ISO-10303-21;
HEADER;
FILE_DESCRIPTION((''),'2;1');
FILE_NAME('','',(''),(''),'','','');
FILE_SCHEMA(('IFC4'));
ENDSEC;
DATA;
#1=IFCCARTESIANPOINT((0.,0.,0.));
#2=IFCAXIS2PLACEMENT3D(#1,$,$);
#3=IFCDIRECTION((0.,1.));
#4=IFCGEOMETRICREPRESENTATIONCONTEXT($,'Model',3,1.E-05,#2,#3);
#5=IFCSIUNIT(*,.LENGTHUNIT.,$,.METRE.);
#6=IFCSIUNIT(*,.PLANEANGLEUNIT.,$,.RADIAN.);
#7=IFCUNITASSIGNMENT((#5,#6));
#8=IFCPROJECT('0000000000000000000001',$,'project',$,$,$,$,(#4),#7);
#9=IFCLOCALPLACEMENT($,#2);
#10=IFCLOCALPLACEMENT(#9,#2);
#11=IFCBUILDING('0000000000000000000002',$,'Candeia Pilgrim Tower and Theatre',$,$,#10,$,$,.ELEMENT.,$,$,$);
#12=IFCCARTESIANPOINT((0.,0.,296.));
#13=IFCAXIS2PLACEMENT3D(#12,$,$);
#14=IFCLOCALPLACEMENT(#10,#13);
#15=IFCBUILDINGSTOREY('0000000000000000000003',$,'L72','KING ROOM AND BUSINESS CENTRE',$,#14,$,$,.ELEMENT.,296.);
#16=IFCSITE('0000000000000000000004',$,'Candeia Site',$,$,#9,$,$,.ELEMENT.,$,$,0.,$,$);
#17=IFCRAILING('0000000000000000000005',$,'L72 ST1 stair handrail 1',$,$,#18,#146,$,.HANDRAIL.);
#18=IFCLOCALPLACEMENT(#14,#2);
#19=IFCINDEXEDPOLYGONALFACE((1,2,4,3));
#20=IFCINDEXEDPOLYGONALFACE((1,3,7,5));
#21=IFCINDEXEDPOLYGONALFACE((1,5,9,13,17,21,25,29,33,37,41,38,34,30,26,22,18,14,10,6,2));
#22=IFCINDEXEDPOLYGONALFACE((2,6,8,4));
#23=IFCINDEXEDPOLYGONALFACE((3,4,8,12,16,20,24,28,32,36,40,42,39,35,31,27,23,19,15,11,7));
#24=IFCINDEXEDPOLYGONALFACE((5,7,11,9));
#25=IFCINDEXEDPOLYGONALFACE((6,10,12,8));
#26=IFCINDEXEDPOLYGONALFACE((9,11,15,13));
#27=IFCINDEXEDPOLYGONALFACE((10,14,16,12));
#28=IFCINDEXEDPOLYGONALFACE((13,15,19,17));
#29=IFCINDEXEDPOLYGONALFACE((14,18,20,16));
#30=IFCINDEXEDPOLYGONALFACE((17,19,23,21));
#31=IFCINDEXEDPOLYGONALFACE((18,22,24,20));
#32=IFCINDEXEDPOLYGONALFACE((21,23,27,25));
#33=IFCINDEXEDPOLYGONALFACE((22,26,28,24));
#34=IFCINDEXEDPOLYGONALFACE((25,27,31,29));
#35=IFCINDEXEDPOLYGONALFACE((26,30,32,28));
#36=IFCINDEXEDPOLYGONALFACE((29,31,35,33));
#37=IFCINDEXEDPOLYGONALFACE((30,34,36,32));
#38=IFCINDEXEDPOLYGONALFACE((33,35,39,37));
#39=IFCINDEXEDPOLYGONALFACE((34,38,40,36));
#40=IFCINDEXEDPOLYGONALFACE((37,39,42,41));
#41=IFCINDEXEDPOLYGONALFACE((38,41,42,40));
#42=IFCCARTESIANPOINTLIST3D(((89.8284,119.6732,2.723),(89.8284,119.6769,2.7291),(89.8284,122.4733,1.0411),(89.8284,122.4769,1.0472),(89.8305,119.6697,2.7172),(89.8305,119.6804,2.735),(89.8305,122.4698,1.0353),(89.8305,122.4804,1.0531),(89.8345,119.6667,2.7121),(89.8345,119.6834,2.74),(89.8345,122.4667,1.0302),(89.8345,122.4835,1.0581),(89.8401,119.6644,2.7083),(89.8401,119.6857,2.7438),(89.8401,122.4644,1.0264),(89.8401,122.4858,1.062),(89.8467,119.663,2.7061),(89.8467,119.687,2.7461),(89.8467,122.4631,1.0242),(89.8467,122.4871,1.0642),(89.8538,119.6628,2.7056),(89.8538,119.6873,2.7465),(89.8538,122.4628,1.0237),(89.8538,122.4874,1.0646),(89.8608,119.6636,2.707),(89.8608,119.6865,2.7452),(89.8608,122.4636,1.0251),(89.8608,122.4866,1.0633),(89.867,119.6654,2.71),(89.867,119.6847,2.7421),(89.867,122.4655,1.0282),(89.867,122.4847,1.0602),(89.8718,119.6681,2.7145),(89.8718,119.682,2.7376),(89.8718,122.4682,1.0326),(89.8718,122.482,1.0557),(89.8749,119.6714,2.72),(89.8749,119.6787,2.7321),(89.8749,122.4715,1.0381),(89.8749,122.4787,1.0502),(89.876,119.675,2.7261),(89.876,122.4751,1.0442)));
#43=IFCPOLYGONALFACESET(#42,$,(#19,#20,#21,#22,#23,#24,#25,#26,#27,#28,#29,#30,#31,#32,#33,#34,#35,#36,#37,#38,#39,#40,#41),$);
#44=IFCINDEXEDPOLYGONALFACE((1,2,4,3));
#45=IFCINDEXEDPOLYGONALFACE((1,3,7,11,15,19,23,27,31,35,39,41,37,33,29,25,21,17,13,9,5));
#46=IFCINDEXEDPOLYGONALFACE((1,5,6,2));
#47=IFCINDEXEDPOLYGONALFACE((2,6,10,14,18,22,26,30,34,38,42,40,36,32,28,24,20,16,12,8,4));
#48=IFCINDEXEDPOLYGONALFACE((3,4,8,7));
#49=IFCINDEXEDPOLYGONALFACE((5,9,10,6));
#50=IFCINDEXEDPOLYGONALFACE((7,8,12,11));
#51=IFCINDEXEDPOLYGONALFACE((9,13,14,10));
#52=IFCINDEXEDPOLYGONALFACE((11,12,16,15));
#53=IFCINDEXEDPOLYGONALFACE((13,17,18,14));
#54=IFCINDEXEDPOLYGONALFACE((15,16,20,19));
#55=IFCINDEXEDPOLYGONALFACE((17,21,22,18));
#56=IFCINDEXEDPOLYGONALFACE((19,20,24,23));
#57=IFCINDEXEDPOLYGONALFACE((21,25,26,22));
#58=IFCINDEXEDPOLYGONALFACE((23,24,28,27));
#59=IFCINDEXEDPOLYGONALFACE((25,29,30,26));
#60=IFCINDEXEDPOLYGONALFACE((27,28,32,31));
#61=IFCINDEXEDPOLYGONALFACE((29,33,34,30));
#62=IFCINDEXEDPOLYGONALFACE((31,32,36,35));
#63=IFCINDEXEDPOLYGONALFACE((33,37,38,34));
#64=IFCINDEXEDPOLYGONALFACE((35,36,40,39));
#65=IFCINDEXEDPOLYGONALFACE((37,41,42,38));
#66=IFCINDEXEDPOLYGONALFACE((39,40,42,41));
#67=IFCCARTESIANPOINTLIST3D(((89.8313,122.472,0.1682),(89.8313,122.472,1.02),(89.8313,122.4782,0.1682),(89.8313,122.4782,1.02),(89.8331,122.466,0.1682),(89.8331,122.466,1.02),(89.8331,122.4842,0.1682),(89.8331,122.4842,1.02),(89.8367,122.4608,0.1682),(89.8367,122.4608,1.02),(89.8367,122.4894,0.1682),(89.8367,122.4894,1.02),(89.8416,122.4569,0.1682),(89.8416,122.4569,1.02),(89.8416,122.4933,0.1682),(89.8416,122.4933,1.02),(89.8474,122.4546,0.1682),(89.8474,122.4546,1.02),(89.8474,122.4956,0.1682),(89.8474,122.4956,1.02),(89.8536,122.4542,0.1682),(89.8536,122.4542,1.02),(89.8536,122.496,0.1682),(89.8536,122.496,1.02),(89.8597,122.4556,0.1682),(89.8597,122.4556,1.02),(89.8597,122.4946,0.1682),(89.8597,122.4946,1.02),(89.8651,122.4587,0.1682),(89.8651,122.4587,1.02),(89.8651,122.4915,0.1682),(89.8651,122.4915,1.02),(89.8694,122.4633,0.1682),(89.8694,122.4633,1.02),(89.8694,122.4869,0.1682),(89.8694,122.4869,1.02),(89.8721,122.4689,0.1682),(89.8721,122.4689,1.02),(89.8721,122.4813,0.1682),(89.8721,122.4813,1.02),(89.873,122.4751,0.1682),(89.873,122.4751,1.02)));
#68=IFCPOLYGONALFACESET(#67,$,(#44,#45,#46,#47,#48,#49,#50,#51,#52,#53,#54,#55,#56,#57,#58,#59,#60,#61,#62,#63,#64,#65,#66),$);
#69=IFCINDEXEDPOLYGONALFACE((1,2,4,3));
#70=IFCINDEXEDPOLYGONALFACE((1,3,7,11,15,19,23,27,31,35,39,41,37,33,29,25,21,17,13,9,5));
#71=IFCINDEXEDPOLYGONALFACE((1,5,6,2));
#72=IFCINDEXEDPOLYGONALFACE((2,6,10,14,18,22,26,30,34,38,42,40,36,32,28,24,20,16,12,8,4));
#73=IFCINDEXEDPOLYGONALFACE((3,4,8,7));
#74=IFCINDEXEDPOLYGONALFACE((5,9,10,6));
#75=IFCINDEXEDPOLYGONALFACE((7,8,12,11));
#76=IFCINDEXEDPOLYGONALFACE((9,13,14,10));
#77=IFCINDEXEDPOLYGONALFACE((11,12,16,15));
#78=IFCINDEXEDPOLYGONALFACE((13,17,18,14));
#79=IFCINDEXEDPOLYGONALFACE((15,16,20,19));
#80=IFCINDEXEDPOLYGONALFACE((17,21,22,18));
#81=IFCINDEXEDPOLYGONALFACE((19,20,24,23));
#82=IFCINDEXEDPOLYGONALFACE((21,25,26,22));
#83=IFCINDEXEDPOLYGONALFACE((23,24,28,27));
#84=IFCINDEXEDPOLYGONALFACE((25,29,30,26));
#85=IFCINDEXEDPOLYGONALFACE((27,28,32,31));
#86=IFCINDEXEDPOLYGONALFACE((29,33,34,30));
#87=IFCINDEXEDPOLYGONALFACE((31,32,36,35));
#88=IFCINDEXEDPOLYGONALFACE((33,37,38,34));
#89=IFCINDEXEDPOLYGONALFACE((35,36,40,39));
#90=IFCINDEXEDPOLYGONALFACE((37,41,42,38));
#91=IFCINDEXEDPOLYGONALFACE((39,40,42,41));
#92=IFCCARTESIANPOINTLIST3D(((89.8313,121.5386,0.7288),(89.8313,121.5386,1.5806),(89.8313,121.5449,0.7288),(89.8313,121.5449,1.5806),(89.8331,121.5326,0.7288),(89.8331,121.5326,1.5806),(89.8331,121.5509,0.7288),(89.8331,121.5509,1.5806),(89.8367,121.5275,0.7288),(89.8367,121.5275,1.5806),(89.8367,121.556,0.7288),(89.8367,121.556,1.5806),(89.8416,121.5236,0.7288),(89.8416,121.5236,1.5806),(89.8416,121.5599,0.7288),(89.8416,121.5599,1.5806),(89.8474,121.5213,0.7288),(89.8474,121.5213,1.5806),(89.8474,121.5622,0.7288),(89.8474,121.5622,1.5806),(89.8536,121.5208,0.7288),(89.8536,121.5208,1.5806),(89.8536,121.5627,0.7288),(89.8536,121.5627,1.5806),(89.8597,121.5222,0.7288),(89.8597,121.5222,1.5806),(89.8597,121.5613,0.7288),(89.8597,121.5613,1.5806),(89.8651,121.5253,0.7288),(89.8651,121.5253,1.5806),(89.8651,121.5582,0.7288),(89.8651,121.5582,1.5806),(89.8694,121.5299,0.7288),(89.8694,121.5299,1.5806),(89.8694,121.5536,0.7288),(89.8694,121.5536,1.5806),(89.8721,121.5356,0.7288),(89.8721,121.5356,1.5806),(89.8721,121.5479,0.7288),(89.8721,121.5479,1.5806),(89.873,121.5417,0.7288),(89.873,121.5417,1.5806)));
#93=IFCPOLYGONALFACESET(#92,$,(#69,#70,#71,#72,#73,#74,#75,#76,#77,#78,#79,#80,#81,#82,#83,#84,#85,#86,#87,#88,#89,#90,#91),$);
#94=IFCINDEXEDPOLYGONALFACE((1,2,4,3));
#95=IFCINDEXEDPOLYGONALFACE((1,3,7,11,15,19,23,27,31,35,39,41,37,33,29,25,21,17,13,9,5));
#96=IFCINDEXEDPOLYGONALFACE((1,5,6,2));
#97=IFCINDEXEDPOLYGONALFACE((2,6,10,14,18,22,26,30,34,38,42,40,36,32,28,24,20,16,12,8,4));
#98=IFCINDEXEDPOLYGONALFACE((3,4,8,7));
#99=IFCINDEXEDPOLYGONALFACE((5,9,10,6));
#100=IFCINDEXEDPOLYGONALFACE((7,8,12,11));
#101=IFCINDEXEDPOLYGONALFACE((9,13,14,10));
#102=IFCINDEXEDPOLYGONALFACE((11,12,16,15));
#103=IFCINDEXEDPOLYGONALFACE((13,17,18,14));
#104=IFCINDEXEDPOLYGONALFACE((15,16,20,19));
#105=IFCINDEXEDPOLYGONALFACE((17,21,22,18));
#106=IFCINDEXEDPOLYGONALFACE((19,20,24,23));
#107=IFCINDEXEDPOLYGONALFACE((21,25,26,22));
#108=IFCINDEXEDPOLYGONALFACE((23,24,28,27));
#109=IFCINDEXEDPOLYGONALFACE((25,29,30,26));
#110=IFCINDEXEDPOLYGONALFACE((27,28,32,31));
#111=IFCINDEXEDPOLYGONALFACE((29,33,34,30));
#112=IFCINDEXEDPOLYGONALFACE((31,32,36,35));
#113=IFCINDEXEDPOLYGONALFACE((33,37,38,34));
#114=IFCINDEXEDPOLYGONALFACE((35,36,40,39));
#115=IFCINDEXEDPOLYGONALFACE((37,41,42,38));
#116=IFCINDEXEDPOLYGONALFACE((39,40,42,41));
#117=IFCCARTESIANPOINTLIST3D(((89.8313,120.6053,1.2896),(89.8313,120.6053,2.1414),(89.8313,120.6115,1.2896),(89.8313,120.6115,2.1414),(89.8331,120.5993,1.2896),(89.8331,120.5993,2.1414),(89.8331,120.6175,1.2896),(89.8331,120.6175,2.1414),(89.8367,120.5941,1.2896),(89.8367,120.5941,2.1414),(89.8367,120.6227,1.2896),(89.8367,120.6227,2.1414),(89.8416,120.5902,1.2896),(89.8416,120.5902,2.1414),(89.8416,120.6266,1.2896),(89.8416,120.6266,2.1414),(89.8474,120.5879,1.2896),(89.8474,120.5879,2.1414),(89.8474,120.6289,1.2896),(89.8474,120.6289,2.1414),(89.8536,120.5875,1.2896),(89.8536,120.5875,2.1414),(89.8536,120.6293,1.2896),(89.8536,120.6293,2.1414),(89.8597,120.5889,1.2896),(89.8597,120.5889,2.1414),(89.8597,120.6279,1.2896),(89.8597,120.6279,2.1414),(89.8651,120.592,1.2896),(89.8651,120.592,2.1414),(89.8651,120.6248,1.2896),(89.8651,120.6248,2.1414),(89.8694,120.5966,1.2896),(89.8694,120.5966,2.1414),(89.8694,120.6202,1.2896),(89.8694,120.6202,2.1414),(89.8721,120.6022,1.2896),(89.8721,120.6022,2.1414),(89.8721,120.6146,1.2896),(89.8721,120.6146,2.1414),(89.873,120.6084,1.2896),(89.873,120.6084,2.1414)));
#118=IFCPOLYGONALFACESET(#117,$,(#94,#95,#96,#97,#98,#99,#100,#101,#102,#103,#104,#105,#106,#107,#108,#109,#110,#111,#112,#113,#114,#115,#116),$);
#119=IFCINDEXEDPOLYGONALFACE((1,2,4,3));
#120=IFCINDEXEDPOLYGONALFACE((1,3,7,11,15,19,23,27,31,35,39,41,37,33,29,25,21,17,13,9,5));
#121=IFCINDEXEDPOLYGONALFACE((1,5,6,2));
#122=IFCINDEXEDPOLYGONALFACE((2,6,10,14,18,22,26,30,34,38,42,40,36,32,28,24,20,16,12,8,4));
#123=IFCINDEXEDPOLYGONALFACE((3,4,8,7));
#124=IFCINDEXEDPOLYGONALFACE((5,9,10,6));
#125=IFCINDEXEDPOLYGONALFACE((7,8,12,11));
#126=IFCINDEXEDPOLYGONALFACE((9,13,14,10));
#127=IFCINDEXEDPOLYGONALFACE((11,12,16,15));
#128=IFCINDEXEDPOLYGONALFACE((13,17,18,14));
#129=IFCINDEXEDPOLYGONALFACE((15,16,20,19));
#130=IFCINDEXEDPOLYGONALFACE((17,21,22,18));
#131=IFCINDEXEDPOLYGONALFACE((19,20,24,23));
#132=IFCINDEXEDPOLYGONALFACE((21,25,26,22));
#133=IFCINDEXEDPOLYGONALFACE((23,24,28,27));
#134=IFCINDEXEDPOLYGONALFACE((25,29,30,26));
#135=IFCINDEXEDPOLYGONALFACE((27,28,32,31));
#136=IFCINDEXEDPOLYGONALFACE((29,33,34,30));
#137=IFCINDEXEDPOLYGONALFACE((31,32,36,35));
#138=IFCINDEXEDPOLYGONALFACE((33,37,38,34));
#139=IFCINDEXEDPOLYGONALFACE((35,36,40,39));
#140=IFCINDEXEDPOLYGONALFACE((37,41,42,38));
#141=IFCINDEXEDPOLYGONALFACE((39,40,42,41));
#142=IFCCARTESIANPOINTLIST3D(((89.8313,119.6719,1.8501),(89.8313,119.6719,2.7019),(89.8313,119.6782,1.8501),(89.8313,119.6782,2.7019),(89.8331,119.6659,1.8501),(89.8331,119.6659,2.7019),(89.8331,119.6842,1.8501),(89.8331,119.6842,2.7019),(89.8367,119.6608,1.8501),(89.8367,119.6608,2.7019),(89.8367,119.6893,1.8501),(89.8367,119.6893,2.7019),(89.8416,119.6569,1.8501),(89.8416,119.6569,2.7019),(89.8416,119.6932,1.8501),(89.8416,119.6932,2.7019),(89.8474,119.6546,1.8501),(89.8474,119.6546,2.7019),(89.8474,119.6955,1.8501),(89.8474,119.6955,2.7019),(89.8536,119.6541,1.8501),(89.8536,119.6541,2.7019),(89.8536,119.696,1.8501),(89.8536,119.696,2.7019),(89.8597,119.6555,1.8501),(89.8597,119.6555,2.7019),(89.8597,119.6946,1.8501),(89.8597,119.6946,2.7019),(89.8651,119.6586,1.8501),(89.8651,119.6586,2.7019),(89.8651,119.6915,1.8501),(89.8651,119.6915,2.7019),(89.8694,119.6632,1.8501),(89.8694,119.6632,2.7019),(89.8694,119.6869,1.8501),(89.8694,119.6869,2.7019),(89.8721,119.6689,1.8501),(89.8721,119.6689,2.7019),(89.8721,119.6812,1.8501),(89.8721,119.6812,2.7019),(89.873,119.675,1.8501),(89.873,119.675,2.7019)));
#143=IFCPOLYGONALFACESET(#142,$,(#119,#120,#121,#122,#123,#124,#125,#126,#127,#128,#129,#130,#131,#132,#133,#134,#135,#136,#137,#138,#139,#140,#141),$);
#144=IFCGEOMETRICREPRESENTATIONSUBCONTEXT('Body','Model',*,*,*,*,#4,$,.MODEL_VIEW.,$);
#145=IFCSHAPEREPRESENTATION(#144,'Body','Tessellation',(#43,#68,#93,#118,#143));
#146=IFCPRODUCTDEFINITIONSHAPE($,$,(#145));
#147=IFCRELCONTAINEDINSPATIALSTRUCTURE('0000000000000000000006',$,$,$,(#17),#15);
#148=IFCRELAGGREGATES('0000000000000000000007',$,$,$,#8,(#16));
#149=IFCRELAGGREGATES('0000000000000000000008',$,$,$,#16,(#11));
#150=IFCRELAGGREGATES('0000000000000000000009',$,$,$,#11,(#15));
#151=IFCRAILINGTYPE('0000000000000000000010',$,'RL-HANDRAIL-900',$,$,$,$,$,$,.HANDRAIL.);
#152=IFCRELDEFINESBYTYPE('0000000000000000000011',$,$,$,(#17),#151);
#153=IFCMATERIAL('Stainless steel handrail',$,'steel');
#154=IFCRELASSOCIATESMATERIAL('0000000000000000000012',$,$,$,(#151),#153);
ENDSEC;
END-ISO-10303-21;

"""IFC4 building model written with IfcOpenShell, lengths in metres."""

from ifc_helpers import new_model, si_unit, direction, frame, origin, origin_2d, place, context, subcontext, project, spatial, circle, extrude, material, type_object, element, save


model = new_model("IFC4")

# Units and contexts
model_context = context("Model", 3, precision=1e-05, world=origin(), true_north=direction((0.0, 1.0)))
body_context = subcontext(model_context, "Body", "Model", "MODEL_VIEW")
ifc_project = project(units=[si_unit("LENGTHUNIT", "METRE"), si_unit("PLANEANGLEUNIT", "RADIAN")], contexts=[model_context])

# Site, building, storey
site_placement = place(None, origin())
site = spatial("IfcSite", under=ifc_project, at=site_placement, Name="Candeia Site", CompositionType="ELEMENT", RefElevation=0.0)
building_placement = place(site_placement, origin())
building = spatial("IfcBuilding", under=site, at=building_placement, Name="Candeia Pilgrim Tower and Theatre", CompositionType="ELEMENT")
storey_placement = place(building_placement, frame((0.0, 0.0, 296.0)))
storey = spatial("IfcBuildingStorey", under=building, at=storey_placement, Name="L72", Description="KING ROOM AND BUSINESS CENTRE", CompositionType="ELEMENT", Elevation=296.0)

# Railing
ifc_material_1 = material(Name="Stainless steel handrail", Category="steel")
railing_type_1 = type_object("IfcRailingType", Name="RL-HANDRAIL-900", PredefinedType="HANDRAIL", material=ifc_material_1)
railing_1_placement = place(storey_placement, frame((89.8521, 122.4751, 0.1682)))
element("IfcRailing", 1, at=railing_1_placement, inside=storey, type_object=railing_type_1, Name="L72 ST1 stair handrail 1", PredefinedType="HANDRAIL", context=body_context, shape_type="SweptSolid", body=[
    extrude(circle(Radius=0.0239, at=origin_2d()), frame((0.0, 0.0, 0.876), z_axis=(0.0, -0.857242, 0.514913), x_axis=(1.0, 0.0, 0.0)), (0.0, 0.0, 1.0), 3.2664),
    extrude(circle(Radius=0.021, at=origin_2d()), origin(), (0.0, 0.0, 1.0), 0.8518),
    extrude(circle(Radius=0.021, at=origin_2d()), frame((0.0, -0.9333, 0.5605)), (0.0, 0.0, 1.0), 0.8518),
    extrude(circle(Radius=0.021, at=origin_2d()), frame((0.0, -1.8667, 1.1213)), (0.0, 0.0, 1.0), 0.8518),
    extrude(circle(Radius=0.021, at=origin_2d()), frame((0.0, -2.8, 1.6819)), (0.0, 0.0, 1.0), 0.8518),
])

save(model, "model.ifc")
